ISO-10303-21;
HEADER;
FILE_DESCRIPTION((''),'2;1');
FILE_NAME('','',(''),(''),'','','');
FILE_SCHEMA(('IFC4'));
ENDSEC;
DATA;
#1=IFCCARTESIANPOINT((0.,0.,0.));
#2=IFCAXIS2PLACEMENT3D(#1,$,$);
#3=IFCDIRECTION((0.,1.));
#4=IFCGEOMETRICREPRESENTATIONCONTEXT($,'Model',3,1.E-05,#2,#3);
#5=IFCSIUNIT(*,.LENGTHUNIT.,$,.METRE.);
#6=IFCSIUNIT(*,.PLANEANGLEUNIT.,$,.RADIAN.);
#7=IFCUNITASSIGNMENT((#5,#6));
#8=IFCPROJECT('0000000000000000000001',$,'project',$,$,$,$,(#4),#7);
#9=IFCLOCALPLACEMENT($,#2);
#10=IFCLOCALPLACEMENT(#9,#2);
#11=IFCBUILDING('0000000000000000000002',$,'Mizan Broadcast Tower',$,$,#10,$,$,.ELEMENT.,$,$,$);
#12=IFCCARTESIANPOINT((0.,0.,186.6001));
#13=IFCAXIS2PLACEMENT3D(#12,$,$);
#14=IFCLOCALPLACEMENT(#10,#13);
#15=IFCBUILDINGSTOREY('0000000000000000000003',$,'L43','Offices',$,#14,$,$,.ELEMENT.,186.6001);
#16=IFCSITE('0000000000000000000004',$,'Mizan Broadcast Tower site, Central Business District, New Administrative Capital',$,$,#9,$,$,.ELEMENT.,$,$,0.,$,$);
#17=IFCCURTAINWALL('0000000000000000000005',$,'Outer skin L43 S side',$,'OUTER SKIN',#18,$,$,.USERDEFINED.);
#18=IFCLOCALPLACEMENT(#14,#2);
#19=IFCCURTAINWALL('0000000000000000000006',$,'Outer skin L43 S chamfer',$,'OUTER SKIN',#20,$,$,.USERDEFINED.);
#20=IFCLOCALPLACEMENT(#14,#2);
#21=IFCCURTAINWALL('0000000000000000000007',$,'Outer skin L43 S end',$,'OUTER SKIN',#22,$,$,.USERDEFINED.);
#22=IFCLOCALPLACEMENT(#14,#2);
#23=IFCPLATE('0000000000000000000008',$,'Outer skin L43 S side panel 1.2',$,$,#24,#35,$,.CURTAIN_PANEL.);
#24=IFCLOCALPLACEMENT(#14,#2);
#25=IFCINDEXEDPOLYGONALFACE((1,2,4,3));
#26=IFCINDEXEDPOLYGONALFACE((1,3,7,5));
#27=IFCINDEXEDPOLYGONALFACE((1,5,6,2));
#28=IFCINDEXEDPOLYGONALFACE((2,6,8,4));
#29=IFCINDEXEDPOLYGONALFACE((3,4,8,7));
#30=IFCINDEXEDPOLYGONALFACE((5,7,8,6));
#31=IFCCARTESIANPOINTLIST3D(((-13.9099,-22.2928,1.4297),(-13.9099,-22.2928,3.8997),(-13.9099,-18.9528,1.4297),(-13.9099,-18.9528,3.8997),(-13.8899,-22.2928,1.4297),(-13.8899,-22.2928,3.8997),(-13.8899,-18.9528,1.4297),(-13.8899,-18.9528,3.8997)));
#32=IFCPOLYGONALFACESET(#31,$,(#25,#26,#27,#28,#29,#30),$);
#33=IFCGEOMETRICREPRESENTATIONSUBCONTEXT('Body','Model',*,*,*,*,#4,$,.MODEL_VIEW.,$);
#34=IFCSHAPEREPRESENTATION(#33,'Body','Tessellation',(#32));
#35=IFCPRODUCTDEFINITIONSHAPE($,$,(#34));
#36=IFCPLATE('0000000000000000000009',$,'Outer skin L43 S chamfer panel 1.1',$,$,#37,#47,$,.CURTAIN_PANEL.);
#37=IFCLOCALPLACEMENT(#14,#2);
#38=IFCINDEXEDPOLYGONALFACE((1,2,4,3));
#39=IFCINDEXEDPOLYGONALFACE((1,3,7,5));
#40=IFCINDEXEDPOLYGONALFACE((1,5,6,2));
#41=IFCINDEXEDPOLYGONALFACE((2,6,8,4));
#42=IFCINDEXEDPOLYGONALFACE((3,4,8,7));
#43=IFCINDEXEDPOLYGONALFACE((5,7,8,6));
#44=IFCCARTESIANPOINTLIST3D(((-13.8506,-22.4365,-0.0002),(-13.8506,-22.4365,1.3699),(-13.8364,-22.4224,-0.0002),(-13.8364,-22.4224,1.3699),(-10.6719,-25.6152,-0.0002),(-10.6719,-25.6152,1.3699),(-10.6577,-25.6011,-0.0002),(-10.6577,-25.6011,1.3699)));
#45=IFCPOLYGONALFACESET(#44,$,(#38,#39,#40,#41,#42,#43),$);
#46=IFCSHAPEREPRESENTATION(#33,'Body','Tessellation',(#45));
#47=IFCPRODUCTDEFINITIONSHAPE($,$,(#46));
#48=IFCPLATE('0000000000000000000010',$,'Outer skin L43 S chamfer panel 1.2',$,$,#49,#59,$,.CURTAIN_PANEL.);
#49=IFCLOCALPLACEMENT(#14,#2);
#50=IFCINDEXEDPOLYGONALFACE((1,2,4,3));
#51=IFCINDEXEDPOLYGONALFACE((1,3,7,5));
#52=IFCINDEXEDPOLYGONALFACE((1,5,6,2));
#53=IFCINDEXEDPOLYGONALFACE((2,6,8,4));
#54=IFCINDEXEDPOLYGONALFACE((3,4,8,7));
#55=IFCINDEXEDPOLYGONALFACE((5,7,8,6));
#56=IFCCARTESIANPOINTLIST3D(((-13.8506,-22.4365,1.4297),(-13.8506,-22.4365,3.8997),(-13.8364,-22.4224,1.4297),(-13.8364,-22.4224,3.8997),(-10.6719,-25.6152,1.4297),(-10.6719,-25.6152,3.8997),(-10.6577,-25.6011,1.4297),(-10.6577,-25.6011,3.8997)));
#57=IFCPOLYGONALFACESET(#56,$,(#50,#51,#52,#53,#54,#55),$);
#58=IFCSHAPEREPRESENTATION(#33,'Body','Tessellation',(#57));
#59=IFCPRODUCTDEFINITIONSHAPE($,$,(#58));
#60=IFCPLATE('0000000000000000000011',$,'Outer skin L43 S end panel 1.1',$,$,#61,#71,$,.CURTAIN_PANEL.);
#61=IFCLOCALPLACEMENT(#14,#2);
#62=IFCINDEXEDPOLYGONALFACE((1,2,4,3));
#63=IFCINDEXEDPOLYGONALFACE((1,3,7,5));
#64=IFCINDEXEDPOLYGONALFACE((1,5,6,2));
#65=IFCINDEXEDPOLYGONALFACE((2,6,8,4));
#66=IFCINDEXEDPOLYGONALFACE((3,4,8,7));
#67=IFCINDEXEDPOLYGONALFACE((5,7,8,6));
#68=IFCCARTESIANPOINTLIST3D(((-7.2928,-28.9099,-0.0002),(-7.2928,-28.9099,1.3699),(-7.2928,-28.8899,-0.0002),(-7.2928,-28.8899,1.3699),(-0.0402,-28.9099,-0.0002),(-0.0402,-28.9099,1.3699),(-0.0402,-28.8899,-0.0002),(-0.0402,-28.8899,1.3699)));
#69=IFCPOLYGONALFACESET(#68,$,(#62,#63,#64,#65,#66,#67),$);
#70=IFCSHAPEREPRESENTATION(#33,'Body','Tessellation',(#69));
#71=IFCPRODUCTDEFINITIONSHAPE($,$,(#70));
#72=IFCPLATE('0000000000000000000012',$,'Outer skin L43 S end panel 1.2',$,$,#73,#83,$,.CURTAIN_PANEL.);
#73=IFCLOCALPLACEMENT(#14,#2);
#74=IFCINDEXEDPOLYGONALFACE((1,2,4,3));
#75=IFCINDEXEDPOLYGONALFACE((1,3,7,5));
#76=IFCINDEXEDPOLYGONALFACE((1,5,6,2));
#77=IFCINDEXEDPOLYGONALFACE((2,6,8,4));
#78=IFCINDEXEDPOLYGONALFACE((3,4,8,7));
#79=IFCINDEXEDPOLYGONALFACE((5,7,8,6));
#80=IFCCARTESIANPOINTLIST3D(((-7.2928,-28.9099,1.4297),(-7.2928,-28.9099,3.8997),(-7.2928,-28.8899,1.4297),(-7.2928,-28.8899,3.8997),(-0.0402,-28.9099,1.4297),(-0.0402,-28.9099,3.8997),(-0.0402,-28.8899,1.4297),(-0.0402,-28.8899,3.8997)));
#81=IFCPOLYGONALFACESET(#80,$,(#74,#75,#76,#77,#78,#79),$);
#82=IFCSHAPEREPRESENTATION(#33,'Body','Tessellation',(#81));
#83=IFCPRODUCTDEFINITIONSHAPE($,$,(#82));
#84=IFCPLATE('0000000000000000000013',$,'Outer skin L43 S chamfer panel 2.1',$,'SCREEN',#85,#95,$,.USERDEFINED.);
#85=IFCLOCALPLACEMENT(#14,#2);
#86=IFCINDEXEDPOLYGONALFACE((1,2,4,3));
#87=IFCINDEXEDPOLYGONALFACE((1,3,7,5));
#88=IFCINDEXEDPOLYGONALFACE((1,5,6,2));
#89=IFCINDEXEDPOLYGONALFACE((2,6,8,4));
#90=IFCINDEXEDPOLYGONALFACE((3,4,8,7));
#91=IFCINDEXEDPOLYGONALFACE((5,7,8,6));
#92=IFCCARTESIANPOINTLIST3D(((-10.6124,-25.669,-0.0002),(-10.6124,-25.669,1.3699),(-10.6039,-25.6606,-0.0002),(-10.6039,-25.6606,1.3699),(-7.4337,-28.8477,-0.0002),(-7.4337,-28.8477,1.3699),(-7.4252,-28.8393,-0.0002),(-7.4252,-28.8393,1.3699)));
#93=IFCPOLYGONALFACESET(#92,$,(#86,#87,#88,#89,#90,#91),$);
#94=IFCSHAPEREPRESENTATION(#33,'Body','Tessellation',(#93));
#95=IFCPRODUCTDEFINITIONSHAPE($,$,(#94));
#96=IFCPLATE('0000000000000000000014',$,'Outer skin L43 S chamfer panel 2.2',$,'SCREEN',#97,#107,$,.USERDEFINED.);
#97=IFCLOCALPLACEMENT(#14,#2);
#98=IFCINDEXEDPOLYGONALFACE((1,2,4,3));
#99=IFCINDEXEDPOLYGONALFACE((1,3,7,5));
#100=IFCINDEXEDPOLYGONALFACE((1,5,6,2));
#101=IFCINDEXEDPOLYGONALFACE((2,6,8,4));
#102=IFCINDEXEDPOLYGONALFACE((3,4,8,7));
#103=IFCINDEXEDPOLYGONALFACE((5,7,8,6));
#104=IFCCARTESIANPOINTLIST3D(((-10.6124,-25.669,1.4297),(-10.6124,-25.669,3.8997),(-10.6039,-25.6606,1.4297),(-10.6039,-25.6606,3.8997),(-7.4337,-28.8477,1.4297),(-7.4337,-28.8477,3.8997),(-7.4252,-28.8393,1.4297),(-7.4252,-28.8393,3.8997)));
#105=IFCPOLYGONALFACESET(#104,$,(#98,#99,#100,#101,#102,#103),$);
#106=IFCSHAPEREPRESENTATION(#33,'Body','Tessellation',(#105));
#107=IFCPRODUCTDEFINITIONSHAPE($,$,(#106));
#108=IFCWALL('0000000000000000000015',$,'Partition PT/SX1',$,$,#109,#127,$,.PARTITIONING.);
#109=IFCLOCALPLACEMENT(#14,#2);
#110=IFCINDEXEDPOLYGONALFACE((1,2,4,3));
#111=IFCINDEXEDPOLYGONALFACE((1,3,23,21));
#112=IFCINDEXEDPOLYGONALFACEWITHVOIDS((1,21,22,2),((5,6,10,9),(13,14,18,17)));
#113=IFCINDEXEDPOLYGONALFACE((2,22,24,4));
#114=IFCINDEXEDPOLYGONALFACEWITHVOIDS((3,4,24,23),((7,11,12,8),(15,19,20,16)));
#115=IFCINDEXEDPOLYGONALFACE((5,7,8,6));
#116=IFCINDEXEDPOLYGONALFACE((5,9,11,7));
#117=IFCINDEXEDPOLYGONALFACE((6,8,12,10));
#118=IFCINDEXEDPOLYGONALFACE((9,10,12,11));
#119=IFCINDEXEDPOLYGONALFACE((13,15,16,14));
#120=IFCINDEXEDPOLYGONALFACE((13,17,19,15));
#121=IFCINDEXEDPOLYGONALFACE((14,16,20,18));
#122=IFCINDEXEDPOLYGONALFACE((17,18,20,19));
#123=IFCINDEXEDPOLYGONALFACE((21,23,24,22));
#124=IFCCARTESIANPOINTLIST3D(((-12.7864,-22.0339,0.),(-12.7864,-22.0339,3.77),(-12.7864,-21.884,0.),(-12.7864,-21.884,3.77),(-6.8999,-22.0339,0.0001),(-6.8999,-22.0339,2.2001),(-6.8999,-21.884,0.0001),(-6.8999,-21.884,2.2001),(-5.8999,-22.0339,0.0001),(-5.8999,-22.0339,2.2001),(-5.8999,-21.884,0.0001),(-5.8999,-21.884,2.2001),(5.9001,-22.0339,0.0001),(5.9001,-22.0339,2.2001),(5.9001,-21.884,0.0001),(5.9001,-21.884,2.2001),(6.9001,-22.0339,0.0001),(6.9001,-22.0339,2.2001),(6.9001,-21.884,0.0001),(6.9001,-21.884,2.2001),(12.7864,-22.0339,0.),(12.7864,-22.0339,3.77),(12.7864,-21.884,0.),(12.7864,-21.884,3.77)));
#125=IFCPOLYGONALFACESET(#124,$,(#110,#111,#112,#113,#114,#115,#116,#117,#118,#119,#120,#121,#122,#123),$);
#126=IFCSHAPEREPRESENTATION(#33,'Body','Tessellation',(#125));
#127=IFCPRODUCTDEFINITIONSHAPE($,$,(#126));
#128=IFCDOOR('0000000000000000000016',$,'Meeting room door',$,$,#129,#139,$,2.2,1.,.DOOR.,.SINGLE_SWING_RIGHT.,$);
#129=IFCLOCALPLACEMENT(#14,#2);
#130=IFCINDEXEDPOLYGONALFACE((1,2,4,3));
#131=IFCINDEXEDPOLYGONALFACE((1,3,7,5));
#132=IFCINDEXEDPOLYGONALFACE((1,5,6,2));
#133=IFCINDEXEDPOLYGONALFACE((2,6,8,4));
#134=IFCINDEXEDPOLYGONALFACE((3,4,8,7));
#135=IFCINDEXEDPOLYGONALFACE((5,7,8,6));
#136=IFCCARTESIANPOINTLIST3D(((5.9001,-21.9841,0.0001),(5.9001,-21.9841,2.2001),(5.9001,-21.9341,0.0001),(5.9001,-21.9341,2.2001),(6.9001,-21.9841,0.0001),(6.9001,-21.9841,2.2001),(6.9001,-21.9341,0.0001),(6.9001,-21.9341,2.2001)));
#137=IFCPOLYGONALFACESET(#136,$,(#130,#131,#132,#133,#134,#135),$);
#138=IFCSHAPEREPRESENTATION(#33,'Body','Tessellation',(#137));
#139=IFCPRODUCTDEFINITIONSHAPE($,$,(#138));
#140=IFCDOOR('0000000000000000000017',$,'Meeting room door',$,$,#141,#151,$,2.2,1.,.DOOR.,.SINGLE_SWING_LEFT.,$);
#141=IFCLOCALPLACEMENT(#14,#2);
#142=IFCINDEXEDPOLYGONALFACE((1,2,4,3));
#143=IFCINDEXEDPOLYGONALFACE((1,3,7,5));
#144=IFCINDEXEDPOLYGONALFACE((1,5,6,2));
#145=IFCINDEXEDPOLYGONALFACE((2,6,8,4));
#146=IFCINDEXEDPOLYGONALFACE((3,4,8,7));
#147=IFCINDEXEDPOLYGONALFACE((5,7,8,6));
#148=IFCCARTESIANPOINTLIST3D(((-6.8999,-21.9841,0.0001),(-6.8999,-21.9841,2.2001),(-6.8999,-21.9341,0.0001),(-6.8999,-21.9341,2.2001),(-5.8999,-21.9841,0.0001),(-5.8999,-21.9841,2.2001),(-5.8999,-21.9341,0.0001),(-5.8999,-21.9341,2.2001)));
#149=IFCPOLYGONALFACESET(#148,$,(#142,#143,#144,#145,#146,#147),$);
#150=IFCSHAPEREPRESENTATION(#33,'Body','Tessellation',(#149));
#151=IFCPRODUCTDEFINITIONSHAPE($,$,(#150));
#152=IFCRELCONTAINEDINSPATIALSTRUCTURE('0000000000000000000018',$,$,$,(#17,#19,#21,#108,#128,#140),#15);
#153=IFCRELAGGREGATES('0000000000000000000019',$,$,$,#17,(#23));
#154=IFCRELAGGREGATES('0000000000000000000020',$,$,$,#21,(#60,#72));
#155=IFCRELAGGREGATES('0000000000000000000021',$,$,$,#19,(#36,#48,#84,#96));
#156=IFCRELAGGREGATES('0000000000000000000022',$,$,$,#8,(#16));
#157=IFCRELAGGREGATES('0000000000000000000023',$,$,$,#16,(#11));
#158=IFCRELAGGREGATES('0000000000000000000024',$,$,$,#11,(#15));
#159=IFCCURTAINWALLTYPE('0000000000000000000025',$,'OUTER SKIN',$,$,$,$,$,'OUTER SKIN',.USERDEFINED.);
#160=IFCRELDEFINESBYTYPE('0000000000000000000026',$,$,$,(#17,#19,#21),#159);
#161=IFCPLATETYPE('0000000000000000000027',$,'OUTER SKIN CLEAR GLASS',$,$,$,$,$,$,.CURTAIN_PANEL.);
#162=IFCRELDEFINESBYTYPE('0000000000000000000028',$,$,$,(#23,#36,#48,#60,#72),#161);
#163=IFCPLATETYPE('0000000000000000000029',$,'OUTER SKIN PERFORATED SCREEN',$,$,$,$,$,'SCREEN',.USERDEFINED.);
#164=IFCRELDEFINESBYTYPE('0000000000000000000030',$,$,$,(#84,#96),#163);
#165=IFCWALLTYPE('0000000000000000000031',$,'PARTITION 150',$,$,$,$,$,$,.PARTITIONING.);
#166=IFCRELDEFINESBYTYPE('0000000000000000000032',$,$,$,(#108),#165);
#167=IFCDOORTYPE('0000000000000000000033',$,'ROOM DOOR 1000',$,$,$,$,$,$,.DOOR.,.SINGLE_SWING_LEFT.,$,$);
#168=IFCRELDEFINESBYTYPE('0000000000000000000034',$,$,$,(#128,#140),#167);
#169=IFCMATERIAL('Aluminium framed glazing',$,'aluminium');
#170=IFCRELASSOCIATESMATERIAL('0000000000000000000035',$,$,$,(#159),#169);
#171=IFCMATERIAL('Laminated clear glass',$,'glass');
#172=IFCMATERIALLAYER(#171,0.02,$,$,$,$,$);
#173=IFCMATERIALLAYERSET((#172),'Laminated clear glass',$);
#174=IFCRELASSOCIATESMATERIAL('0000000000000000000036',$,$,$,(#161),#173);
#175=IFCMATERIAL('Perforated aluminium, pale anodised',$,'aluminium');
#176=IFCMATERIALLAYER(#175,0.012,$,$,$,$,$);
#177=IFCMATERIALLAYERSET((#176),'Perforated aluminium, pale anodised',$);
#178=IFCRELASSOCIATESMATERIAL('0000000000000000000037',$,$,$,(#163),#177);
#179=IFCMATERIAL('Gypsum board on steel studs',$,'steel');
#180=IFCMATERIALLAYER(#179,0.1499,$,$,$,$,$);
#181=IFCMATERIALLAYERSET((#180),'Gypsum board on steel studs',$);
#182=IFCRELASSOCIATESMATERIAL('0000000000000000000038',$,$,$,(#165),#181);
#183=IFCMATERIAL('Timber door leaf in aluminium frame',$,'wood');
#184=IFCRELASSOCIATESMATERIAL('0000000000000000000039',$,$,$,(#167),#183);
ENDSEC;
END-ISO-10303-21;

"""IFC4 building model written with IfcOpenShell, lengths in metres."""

from ifc_helpers import new_model, si_unit, direction, frame, frame_2d, origin, origin_2d, place, context, subcontext, project, spatial, rectangle, extrude, material, layer, layer_set, type_object, element, fill, aggregate, save


model = new_model("IFC4")

# Units and contexts
model_context = context("Model", 3, precision=1e-05, world=origin(), true_north=direction((0.0, 1.0)))
body_context = subcontext(model_context, "Body", "Model", "MODEL_VIEW")
ifc_project = project(units=[si_unit("LENGTHUNIT", "METRE"), si_unit("PLANEANGLEUNIT", "RADIAN")], contexts=[model_context])

# Site, building, storey
site_placement = place(None, origin())
site = spatial("IfcSite", under=ifc_project, at=site_placement, Name="Mizan Broadcast Tower site, Central Business District, New Administrative Capital", CompositionType="ELEMENT", RefElevation=0.0)
building_placement = place(site_placement, origin())
building = spatial("IfcBuilding", under=site, at=building_placement, Name="Mizan Broadcast Tower", CompositionType="ELEMENT")
storey_placement = place(building_placement, frame((0.0, 0.0, 186.6001)))
storey = spatial("IfcBuildingStorey", under=building, at=storey_placement, Name="L43", Description="Offices", CompositionType="ELEMENT", Elevation=186.6001)

# Curtain wall
ifc_material_1 = material(Name="Aluminium framed glazing", Category="aluminium")
curtain_wall_type_1 = type_object("IfcCurtainWallType", Name="OUTER SKIN", ElementType="OUTER SKIN", PredefinedType="USERDEFINED", material=ifc_material_1)
curtain_wall_1_placement = place(storey_placement, origin())
curtain_wall_1 = element("IfcCurtainWall", 1, at=curtain_wall_1_placement, inside=storey, type_object=curtain_wall_type_1, Name="Outer skin L43 S side", ObjectType="OUTER SKIN", PredefinedType="USERDEFINED")

# Curtain wall
curtain_wall_2_placement = place(storey_placement, origin())
curtain_wall_2 = element("IfcCurtainWall", 2, at=curtain_wall_2_placement, inside=storey, type_object=curtain_wall_type_1, Name="Outer skin L43 S chamfer", ObjectType="OUTER SKIN", PredefinedType="USERDEFINED")

# Curtain wall
curtain_wall_3_placement = place(storey_placement, origin())
curtain_wall_3 = element("IfcCurtainWall", 3, at=curtain_wall_3_placement, inside=storey, type_object=curtain_wall_type_1, Name="Outer skin L43 S end", ObjectType="OUTER SKIN", PredefinedType="USERDEFINED")

# Plates
ifc_material_2 = material(Name="Laminated clear glass", Category="glass")
ifc_layer_1 = layer(ifc_material_2, 0.02)
ifc_layer_set_1 = layer_set([ifc_layer_1], Name="Laminated clear glass")
plate_type_1 = type_object("IfcPlateType", Name="OUTER SKIN CLEAR GLASS", PredefinedType="CURTAIN_PANEL", material=ifc_layer_set_1)
plate_1_placement = place(storey_placement, frame((-13.8999, -20.6228, 1.4297), z_axis=(0.0, 0.0, 1.0), x_axis=(0.0, -1.0, 0.0)))
plate_1 = element("IfcPlate", 4, at=plate_1_placement, type_object=plate_type_1, Name="Outer skin L43 S side panel 1.2", PredefinedType="CURTAIN_PANEL", context=body_context, shape_type="SweptSolid", body=[
    extrude(rectangle(XDim=3.3401, YDim=0.02, at=origin_2d()), origin(), (0.0, 0.0, 1.0), 2.47),
])
aggregate(curtain_wall_1, [plate_1])
plate_2_placement = place(storey_placement, frame((-12.2542, -24.0188, -0.0002), z_axis=(0.0, 0.0, 1.0), x_axis=(0.707107, -0.707107, 0.0)))
plate_2 = element("IfcPlate", 5, at=plate_2_placement, type_object=plate_type_1, Name="Outer skin L43 S chamfer panel 1.1", PredefinedType="CURTAIN_PANEL", context=body_context, shape_type="SweptSolid", body=[
    extrude(rectangle(XDim=4.4954, YDim=0.02, at=origin_2d()), origin(), (0.0, 0.0, 1.0), 1.3701),
])
plate_3_placement = place(storey_placement, frame((-12.2542, -24.0188, 1.4297), z_axis=(0.0, 0.0, 1.0), x_axis=(0.707107, -0.707107, 0.0)))
plate_3 = element("IfcPlate", 6, at=plate_3_placement, type_object=plate_type_1, Name="Outer skin L43 S chamfer panel 1.2", PredefinedType="CURTAIN_PANEL", context=body_context, shape_type="SweptSolid", body=[
    extrude(rectangle(XDim=4.4954, YDim=0.02, at=origin_2d()), origin(), (0.0, 0.0, 1.0), 2.47),
])
plate_4_placement = place(storey_placement, frame((-3.6665, -28.8999, -0.0002), z_axis=(0.0, 0.0, 1.0), x_axis=(1.0, 0.0, 0.0)))
plate_4 = element("IfcPlate", 7, at=plate_4_placement, type_object=plate_type_1, Name="Outer skin L43 S end panel 1.1", PredefinedType="CURTAIN_PANEL", context=body_context, shape_type="SweptSolid", body=[
    extrude(rectangle(XDim=7.2527, YDim=0.02, at=origin_2d()), origin(), (0.0, 0.0, 1.0), 1.3701),
])
plate_5_placement = place(storey_placement, frame((-3.6665, -28.8999, 1.4297), z_axis=(0.0, 0.0, 1.0), x_axis=(1.0, 0.0, 0.0)))
plate_5 = element("IfcPlate", 8, at=plate_5_placement, type_object=plate_type_1, Name="Outer skin L43 S end panel 1.2", PredefinedType="CURTAIN_PANEL", context=body_context, shape_type="SweptSolid", body=[
    extrude(rectangle(XDim=7.2527, YDim=0.02, at=origin_2d()), origin(), (0.0, 0.0, 1.0), 2.47),
])
aggregate(curtain_wall_3, [plate_4, plate_5])
ifc_material_3 = material(Name="Perforated aluminium, pale anodised", Category="aluminium")
ifc_layer_2 = layer(ifc_material_3, 0.012)
ifc_layer_set_2 = layer_set([ifc_layer_2], Name="Perforated aluminium, pale anodised")
plate_type_2 = type_object("IfcPlateType", Name="OUTER SKIN PERFORATED SCREEN", ElementType="SCREEN", PredefinedType="USERDEFINED", material=ifc_layer_set_2)
plate_6_placement = place(storey_placement, frame((-9.0188, -27.2542, -0.0002), z_axis=(0.0, 0.0, 1.0), x_axis=(0.707107, -0.707107, 0.0)))
plate_6 = element("IfcPlate", 9, at=plate_6_placement, type_object=plate_type_2, Name="Outer skin L43 S chamfer panel 2.1", ObjectType="SCREEN", PredefinedType="USERDEFINED", context=body_context, shape_type="SweptSolid", body=[
    extrude(rectangle(XDim=4.4954, YDim=0.012, at=origin_2d()), origin(), (0.0, 0.0, 1.0), 1.3701),
])
plate_7_placement = place(storey_placement, frame((-9.0188, -27.2542, 1.4297), z_axis=(0.0, 0.0, 1.0), x_axis=(0.707107, -0.707107, 0.0)))
plate_7 = element("IfcPlate", 10, at=plate_7_placement, type_object=plate_type_2, Name="Outer skin L43 S chamfer panel 2.2", ObjectType="SCREEN", PredefinedType="USERDEFINED", context=body_context, shape_type="SweptSolid", body=[
    extrude(rectangle(XDim=4.4954, YDim=0.012, at=origin_2d()), origin(), (0.0, 0.0, 1.0), 2.47),
])
aggregate(curtain_wall_2, [plate_2, plate_3, plate_6, plate_7])

# Wall, openings, doors
ifc_material_4 = material(Name="Gypsum board on steel studs", Category="steel")
ifc_layer_3 = layer(ifc_material_4, 0.1499)
ifc_layer_set_3 = layer_set([ifc_layer_3], Name="Gypsum board on steel studs")
wall_type = type_object("IfcWallType", Name="PARTITION 150", PredefinedType="PARTITIONING", material=ifc_layer_set_3)
wall_placement = place(storey_placement, frame((-12.7864, -21.959, 0.0), z_axis=(0.0, 0.0, 1.0), x_axis=(1.0, 0.0, 0.0)))
wall = element("IfcWall", 11, at=wall_placement, inside=storey, type_object=wall_type, Name="Partition PT/SX1", PredefinedType="PARTITIONING", context=body_context, shape_type="SweptSolid", body=[
    extrude(rectangle(XDim=25.5728, YDim=0.1499, at=frame_2d((12.7864, 0.0))), origin(), (0.0, 0.0, 1.0), 3.77),
])
opening_1_placement = place(wall_placement, frame((18.6865, 0.0, 0.0)))
opening_1 = element("IfcOpeningElement", 12, at=opening_1_placement, cuts=wall, PredefinedType="OPENING", context=body_context, shape_type="SweptSolid", body=[
    extrude(rectangle(XDim=1.0, YDim=2.2, at=frame_2d((0.5, 1.1001))), frame((0.0, 0.085, 0.0), z_axis=(0.0, -1.0, 0.0), x_axis=(1.0, 0.0, 0.0)), (0.0, 0.0, 1.0), 0.1699),
])
opening_2_placement = place(wall_placement, frame((5.8865, 0.0, 0.0)))
opening_2 = element("IfcOpeningElement", 13, at=opening_2_placement, cuts=wall, PredefinedType="OPENING", context=body_context, shape_type="SweptSolid", body=[
    extrude(rectangle(XDim=1.0, YDim=2.2, at=frame_2d((0.5, 1.1001))), frame((0.0, 0.085, 0.0), z_axis=(0.0, -1.0, 0.0), x_axis=(1.0, 0.0, 0.0)), (0.0, 0.0, 1.0), 0.1699),
])
ifc_material_5 = material(Name="Timber door leaf in aluminium frame", Category="wood")
door_type = type_object("IfcDoorType", Name="ROOM DOOR 1000", OperationType="SINGLE_SWING_LEFT", PredefinedType="DOOR", material=ifc_material_5)
door_1_placement = place(opening_1_placement, origin())
door_1 = element("IfcDoor", 14, at=door_1_placement, inside=storey, type_object=door_type, Name="Meeting room door", OperationType="SINGLE_SWING_RIGHT", OverallHeight=2.2, OverallWidth=1.0, PredefinedType="DOOR", context=body_context, shape_type="SweptSolid", body=[
    extrude(rectangle(XDim=1.0, YDim=2.2, at=frame_2d((0.5, 1.1001))), frame((0.0, 0.0249, 0.0), z_axis=(0.0, -1.0, 0.0), x_axis=(1.0, 0.0, 0.0)), (0.0, 0.0, 1.0), 0.05),
])
fill(opening_1, door_1)
door_2_placement = place(opening_2_placement, origin())
door_2 = element("IfcDoor", 15, at=door_2_placement, inside=storey, type_object=door_type, Name="Meeting room door", OperationType="SINGLE_SWING_LEFT", OverallHeight=2.2, OverallWidth=1.0, PredefinedType="DOOR", context=body_context, shape_type="SweptSolid", body=[
    extrude(rectangle(XDim=1.0, YDim=2.2, at=frame_2d((0.5, 1.1001))), frame((0.0, 0.0249, 0.0), z_axis=(0.0, -1.0, 0.0), x_axis=(1.0, 0.0, 0.0)), (0.0, 0.0, 1.0), 0.05),
])
fill(opening_2, door_2)

save(model, "model.ifc")
